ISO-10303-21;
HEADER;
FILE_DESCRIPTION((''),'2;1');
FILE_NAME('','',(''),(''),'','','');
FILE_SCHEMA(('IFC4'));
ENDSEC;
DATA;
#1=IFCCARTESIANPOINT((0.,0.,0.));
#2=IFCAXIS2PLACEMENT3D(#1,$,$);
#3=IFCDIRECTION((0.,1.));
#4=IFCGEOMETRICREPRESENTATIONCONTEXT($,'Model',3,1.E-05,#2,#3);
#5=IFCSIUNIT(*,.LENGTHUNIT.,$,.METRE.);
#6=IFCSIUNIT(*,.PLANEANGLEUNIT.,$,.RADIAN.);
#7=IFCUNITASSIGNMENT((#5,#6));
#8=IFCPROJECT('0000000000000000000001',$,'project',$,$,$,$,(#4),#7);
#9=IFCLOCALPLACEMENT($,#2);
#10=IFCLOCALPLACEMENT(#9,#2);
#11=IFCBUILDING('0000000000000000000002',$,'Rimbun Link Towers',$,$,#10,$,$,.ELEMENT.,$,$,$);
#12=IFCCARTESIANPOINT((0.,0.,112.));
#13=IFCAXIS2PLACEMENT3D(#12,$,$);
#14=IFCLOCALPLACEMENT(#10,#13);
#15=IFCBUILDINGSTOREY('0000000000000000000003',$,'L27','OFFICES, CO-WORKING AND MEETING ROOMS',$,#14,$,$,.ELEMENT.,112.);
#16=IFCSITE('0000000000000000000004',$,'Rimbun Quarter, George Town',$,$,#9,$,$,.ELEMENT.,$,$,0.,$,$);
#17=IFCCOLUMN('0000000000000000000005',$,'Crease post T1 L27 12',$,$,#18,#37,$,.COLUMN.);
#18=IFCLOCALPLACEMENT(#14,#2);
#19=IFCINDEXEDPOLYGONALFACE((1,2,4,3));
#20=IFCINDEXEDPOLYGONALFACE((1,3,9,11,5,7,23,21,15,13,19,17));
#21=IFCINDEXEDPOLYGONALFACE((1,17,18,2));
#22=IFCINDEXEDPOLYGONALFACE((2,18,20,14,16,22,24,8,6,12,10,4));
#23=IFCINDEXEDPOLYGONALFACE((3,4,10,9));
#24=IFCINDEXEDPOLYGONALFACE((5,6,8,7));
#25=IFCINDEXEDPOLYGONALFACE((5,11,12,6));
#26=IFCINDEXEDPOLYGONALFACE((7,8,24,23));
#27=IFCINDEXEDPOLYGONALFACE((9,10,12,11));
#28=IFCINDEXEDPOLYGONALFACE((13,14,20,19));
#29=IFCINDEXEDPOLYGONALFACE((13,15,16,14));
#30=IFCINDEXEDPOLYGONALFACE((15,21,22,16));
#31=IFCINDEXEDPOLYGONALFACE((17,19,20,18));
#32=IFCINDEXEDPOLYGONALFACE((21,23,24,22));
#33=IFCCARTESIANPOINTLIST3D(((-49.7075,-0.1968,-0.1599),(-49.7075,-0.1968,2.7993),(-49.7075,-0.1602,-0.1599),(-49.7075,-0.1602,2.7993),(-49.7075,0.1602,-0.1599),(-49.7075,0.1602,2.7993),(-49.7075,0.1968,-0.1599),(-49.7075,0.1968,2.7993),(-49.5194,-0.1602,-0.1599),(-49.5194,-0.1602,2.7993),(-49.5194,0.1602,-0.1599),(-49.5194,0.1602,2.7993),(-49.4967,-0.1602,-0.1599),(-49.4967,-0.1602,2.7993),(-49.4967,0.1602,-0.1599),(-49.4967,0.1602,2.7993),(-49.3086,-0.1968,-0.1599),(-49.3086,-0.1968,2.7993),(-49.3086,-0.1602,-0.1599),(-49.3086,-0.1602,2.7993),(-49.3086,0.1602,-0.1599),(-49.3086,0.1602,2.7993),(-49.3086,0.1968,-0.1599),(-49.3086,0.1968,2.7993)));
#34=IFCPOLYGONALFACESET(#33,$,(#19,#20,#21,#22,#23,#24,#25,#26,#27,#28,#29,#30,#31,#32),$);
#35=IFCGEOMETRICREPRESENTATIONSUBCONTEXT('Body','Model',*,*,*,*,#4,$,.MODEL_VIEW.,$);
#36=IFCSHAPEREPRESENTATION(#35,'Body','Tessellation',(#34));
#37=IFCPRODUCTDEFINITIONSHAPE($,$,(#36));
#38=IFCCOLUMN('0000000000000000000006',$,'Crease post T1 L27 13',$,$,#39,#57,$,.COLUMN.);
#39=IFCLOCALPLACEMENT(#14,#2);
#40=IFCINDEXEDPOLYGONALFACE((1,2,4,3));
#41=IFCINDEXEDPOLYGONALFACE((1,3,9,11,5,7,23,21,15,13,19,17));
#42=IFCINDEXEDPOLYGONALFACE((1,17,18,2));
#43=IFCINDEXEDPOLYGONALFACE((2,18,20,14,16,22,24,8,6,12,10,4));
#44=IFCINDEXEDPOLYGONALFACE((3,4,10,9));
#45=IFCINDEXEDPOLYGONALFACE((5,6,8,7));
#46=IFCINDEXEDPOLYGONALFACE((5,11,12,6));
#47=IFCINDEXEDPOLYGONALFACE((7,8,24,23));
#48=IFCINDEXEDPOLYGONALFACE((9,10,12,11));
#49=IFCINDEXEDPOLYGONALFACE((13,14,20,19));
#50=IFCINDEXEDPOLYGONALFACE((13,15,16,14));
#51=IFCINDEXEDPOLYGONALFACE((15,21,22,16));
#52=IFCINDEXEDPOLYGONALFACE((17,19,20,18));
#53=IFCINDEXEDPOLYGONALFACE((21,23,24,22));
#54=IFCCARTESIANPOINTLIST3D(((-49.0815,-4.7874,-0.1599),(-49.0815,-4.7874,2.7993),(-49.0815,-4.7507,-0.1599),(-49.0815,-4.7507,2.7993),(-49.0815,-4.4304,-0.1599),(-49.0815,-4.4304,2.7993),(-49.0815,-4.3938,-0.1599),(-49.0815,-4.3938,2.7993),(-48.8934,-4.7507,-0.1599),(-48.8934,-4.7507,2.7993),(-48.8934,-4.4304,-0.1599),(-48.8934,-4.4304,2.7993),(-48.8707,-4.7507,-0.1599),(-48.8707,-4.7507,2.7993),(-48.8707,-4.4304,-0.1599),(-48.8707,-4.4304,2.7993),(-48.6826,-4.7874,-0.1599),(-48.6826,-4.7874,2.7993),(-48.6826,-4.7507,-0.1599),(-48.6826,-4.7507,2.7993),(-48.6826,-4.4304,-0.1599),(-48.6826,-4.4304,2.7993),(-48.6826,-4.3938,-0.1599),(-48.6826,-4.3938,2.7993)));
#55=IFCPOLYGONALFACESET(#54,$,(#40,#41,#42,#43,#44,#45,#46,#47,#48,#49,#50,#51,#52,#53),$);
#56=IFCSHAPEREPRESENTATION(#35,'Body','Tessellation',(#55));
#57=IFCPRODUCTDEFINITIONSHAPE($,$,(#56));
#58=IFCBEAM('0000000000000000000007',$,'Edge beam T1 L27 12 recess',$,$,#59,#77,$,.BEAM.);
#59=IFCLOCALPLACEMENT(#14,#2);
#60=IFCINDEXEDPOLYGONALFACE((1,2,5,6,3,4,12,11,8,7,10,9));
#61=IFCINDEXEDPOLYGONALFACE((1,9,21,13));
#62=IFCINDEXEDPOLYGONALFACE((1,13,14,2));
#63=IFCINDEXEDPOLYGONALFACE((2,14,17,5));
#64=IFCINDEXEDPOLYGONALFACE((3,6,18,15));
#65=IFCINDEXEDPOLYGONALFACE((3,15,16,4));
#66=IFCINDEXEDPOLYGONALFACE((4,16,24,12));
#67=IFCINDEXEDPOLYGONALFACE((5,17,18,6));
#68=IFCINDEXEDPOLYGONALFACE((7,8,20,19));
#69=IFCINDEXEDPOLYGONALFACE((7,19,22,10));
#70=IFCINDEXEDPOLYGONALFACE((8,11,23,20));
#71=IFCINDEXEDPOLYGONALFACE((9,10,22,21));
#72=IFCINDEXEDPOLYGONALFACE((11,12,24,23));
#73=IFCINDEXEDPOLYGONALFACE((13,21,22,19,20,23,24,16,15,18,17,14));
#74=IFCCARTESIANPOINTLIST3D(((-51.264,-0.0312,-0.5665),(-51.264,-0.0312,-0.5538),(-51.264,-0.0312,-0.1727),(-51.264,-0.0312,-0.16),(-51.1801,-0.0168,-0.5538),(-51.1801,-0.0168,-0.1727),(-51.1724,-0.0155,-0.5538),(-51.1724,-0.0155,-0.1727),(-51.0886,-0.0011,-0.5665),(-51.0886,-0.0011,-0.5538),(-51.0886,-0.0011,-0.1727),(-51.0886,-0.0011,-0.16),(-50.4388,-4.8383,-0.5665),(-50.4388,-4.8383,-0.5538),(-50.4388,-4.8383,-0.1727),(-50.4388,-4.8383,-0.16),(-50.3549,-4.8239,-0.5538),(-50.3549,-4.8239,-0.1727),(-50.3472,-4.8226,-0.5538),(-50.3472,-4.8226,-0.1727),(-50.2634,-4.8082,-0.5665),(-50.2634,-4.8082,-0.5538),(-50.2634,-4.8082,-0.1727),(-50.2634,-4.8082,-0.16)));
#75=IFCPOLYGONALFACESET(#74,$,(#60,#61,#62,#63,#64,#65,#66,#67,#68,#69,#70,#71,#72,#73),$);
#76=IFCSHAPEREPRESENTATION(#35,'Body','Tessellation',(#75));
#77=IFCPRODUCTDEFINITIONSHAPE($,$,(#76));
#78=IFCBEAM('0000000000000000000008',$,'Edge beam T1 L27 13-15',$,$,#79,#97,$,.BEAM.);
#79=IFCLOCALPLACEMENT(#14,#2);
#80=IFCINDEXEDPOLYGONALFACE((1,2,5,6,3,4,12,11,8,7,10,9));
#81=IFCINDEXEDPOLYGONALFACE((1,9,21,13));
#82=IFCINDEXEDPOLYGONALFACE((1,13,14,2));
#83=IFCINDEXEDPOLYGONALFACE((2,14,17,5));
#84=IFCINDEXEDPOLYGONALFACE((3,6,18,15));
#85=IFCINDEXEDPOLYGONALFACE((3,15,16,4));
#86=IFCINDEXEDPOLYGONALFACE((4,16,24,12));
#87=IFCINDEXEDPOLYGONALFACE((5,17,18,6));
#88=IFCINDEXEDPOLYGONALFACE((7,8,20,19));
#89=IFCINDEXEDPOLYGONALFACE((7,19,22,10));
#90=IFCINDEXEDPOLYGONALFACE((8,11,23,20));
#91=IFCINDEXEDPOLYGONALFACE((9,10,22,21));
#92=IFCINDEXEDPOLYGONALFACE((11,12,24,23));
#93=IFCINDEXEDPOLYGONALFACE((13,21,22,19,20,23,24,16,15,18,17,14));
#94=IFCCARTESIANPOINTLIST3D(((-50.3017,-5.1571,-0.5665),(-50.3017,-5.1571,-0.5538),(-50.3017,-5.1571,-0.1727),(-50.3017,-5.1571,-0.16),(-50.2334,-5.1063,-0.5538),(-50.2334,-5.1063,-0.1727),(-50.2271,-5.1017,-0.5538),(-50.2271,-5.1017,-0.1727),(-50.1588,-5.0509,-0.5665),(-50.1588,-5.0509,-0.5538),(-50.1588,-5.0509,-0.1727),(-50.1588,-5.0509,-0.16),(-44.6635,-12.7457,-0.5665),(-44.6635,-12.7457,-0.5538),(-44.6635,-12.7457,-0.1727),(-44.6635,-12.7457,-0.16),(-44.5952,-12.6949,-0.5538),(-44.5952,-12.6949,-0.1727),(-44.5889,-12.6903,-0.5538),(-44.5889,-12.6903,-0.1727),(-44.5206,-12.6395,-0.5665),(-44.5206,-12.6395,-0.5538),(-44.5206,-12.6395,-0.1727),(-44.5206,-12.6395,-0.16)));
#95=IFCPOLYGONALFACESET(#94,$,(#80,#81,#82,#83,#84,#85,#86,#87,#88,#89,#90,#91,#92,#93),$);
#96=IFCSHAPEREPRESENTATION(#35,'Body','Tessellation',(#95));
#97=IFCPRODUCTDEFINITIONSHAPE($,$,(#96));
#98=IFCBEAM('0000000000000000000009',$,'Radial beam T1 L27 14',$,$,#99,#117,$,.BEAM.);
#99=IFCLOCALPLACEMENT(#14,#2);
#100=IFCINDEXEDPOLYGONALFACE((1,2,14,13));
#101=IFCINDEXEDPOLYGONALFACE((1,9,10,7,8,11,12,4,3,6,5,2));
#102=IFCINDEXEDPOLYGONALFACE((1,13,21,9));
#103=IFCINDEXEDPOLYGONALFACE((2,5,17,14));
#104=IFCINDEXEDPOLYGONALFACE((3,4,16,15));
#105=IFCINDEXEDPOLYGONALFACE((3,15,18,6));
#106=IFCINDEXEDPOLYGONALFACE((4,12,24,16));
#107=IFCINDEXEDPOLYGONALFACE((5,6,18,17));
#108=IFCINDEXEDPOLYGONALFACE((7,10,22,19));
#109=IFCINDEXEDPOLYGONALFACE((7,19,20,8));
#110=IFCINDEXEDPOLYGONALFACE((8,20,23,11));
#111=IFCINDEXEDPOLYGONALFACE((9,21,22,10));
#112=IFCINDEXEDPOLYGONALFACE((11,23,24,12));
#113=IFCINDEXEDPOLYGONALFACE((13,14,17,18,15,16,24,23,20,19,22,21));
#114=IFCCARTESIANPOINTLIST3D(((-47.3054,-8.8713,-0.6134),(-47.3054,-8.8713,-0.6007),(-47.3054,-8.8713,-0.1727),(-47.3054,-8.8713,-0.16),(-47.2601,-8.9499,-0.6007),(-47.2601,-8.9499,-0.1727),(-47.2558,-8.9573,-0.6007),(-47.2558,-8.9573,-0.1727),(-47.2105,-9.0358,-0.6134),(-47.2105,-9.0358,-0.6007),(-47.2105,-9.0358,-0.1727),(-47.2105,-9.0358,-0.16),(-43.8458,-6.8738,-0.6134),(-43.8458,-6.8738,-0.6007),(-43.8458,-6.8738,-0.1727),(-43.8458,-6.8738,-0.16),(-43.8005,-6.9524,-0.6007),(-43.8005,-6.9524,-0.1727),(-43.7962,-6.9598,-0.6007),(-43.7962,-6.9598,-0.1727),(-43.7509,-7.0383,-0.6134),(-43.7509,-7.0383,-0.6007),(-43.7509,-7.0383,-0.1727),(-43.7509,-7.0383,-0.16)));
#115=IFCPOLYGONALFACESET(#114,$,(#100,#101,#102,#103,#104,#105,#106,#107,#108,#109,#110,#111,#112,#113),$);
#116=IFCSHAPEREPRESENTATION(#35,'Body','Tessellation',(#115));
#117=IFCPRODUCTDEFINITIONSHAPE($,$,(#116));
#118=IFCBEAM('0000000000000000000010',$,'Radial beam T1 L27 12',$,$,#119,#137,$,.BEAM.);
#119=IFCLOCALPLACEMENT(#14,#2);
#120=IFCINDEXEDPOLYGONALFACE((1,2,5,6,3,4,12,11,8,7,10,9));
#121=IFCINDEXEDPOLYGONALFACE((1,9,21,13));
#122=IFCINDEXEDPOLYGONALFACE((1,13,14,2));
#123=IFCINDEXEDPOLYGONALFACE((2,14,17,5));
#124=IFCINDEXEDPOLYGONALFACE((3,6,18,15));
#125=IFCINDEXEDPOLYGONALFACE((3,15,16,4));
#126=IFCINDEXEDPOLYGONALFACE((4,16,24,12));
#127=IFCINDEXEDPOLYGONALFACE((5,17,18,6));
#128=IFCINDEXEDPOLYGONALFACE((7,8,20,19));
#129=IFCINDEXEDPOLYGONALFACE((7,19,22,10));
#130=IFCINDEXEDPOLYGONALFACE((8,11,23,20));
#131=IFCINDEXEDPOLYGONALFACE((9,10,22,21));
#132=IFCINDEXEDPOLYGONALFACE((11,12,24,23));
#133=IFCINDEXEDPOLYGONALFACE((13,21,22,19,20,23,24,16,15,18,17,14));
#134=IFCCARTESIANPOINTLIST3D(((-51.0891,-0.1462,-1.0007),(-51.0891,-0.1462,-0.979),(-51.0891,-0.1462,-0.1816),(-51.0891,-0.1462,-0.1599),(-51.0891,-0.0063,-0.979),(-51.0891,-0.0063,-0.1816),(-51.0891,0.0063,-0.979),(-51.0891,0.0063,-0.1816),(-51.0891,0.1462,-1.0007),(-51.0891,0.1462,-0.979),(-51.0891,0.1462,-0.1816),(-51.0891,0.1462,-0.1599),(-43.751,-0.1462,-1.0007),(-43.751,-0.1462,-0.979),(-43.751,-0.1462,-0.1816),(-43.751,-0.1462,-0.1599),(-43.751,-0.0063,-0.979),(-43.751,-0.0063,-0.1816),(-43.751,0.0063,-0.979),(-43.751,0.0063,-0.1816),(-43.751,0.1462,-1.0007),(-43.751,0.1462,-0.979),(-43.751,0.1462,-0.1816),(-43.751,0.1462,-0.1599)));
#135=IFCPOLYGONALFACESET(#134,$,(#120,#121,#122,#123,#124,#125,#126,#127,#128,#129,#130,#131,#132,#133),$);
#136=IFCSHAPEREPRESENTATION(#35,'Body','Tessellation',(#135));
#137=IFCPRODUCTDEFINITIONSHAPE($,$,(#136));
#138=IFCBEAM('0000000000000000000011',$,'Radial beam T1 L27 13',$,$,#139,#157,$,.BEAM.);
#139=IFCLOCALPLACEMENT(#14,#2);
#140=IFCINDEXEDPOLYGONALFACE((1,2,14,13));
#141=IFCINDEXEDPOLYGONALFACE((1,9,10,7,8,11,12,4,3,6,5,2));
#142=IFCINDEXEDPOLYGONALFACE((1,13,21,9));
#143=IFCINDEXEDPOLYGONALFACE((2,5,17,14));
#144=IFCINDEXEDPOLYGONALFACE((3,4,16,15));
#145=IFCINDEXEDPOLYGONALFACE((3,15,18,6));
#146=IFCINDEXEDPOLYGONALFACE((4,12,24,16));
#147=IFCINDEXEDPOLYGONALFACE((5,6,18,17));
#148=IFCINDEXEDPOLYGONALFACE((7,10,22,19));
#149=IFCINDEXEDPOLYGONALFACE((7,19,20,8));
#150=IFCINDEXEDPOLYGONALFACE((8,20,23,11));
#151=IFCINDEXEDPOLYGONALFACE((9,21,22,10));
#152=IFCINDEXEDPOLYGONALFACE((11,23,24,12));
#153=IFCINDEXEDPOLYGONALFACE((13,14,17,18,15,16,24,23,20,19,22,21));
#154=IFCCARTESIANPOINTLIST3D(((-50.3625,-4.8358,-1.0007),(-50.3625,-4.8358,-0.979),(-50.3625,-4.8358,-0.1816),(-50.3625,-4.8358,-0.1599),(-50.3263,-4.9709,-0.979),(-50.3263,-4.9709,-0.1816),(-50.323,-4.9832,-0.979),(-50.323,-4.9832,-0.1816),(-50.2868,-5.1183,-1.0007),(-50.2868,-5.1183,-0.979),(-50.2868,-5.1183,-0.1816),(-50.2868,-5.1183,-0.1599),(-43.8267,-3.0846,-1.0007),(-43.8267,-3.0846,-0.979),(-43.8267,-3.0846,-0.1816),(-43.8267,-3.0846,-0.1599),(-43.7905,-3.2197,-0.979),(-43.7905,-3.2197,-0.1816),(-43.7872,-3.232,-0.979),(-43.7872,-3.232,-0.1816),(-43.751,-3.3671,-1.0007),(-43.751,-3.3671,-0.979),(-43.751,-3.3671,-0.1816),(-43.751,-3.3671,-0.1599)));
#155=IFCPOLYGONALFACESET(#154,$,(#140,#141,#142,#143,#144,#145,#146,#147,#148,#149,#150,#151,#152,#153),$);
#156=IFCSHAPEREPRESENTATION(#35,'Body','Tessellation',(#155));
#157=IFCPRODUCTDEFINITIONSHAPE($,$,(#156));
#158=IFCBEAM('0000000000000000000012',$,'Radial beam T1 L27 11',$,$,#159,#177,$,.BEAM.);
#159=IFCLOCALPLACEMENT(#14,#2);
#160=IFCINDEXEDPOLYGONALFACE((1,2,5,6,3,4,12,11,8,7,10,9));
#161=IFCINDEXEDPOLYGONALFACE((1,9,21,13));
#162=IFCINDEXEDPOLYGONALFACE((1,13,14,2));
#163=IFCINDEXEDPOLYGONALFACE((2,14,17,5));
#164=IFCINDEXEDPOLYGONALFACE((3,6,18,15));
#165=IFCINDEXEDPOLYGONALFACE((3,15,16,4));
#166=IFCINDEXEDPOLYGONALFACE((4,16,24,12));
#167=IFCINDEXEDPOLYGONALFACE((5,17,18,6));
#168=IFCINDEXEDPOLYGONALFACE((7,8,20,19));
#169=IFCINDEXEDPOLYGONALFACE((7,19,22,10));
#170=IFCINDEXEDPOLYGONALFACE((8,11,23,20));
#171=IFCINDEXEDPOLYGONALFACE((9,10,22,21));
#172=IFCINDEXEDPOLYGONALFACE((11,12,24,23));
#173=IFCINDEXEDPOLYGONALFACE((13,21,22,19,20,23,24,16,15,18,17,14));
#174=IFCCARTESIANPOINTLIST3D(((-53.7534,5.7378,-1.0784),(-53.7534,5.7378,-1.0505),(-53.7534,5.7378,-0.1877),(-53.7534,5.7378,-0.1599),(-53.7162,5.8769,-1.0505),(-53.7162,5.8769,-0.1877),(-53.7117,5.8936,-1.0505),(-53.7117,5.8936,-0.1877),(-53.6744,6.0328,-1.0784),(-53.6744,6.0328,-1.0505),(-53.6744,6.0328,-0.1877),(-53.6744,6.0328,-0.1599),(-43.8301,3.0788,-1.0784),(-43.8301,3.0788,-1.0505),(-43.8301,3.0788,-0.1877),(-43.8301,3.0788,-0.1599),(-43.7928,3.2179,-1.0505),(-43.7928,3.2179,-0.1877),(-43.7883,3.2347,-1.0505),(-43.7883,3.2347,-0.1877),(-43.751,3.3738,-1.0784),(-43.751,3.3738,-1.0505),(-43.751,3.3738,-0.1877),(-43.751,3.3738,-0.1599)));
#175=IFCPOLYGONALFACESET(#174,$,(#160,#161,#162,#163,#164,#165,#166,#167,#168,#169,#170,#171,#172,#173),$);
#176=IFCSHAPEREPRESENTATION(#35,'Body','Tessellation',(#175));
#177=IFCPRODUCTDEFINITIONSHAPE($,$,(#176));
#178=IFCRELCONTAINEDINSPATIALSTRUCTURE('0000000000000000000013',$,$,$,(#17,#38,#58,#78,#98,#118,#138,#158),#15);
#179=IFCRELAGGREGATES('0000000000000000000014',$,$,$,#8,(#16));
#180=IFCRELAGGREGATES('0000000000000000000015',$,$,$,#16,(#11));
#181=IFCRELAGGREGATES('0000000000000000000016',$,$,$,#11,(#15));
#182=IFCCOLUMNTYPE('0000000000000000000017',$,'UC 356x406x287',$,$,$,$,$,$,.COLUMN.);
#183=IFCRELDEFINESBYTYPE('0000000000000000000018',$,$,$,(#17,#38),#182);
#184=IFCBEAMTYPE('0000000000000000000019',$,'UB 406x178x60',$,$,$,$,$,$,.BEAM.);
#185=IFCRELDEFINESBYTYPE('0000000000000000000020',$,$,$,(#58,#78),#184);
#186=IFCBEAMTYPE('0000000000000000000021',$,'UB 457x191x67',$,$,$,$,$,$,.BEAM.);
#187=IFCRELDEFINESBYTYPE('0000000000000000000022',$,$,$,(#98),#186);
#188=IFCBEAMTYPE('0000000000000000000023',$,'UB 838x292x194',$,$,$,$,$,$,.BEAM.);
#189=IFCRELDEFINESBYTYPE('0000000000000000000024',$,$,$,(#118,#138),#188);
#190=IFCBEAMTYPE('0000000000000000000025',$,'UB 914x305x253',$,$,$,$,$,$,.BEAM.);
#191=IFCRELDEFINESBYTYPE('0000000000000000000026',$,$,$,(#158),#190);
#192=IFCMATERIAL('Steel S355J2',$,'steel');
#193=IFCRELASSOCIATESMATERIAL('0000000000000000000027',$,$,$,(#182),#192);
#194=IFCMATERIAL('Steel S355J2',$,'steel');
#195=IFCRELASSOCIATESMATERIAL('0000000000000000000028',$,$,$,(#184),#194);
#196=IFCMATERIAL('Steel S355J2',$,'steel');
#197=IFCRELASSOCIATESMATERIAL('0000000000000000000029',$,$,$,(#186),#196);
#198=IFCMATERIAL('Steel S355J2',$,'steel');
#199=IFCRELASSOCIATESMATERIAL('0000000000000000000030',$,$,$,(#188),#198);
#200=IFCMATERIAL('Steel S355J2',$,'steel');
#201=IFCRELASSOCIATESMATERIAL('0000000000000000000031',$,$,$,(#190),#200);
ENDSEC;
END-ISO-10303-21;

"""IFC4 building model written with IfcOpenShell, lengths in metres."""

from ifc_helpers import new_model, si_unit, direction, frame, origin, origin_2d, place, context, subcontext, project, spatial, i_section, extrude, material, material_profile, profile_set, type_object, element, save


model = new_model("IFC4")

# Units and contexts
model_context = context("Model", 3, precision=1e-05, world=origin(), true_north=direction((0.0, 1.0)))
body_context = subcontext(model_context, "Body", "Model", "MODEL_VIEW")
ifc_project = project(units=[si_unit("LENGTHUNIT", "METRE"), si_unit("PLANEANGLEUNIT", "RADIAN")], contexts=[model_context])

# Site, building, storey
site_placement = place(None, origin())
site = spatial("IfcSite", under=ifc_project, at=site_placement, Name="Rimbun Quarter, George Town", CompositionType="ELEMENT", RefElevation=0.0)
building_placement = place(site_placement, origin())
building = spatial("IfcBuilding", under=site, at=building_placement, Name="Rimbun Link Towers", CompositionType="ELEMENT")
storey_placement = place(building_placement, frame((0.0, 0.0, 112.0)))
storey = spatial("IfcBuildingStorey", under=building, at=storey_placement, Name="L27", Description="OFFICES, CO-WORKING AND MEETING ROOMS", CompositionType="ELEMENT", Elevation=112.0)

# Columns
ifc_material_1 = material(Name="Steel S355J2", Category="steel")
ifc_material_profile_1 = material_profile(ifc_material_1, i_section(OverallWidth=0.3989, OverallDepth=0.3936, WebThickness=0.0227, FlangeThickness=0.0366, at=origin_2d()), Name="UC 356x406x287")
ifc_profile_set_1 = profile_set([ifc_material_profile_1], Name="Steel S355J2")
column_type = type_object("IfcColumnType", Name="UC 356x406x287", PredefinedType="COLUMN", material=ifc_profile_set_1)
for number, where, z_axis, x_axis, name in (
    (1, (-49.5081, 0.0, -0.1599), (0.0, 0.0, 1.0), (1.0, 0.0, 0.0), "Crease post T1 L27 12"),
    (2, (-48.8821, -4.5906, -0.1599), (0.0, 0.0, 1.0), (1.0, 0.0, 0.0), "Crease post T1 L27 13"),
):
    element("IfcColumn", number, at=place(storey_placement, frame(where, z_axis=z_axis, x_axis=x_axis)), inside=storey, type_object=column_type, Name=name, PredefinedType="COLUMN", context=body_context, shape_type="SweptSolid", body=[
        extrude(i_section(OverallWidth=0.3989, OverallDepth=0.3936, WebThickness=0.0227, FlangeThickness=0.0366, at=origin_2d()), origin(), (0.0, 0.0, 1.0), 2.9592),
    ])

# Beams
ifc_material_2 = material(Name="Steel S355J2", Category="steel")
ifc_material_profile_2 = material_profile(ifc_material_2, i_section(OverallWidth=0.178, OverallDepth=0.4065, WebThickness=0.0078, FlangeThickness=0.0127, at=origin_2d()), Name="UB 406x178x60")
ifc_profile_set_2 = profile_set([ifc_material_profile_2], Name="Steel S355J2")
beam_type_1 = type_object("IfcBeamType", Name="UB 406x178x60", PredefinedType="BEAM", material=ifc_profile_set_2)
beam_1_placement = place(storey_placement, frame((-51.1763, -0.0161, -0.3633), z_axis=(0.169186, -0.985584, 0.0), x_axis=(0.985584, 0.169186, 0.0)))
element("IfcBeam", 3, at=beam_1_placement, inside=storey, type_object=beam_type_1, Name="Edge beam T1 L27 12 recess", PredefinedType="BEAM", context=body_context, shape_type="SweptSolid", body=[
    extrude(i_section(OverallWidth=0.178, OverallDepth=0.4065, WebThickness=0.0078, FlangeThickness=0.0127, at=origin_2d()), origin(), (0.0, 0.0, 1.0), 4.8774),
])
beam_2_placement = place(storey_placement, frame((-50.2302, -5.104, -0.3633), z_axis=(0.596387, -0.802697, 0.0), x_axis=(0.802697, 0.596387, 0.0)))
element("IfcBeam", 4, at=beam_2_placement, inside=storey, type_object=beam_type_1, Name="Edge beam T1 L27 13-15", PredefinedType="BEAM", context=body_context, shape_type="SweptSolid", body=[
    extrude(i_section(OverallWidth=0.178, OverallDepth=0.4065, WebThickness=0.0078, FlangeThickness=0.0127, at=origin_2d()), origin(), (0.0, 0.0, 1.0), 9.4539),
])
ifc_material_3 = material(Name="Steel S355J2", Category="steel")
ifc_material_profile_3 = material_profile(ifc_material_3, i_section(OverallWidth=0.1899, OverallDepth=0.4534, WebThickness=0.0085, FlangeThickness=0.0127, at=origin_2d()), Name="UB 457x191x67")
ifc_profile_set_3 = profile_set([ifc_material_profile_3], Name="Steel S355J2")
beam_type_2 = type_object("IfcBeamType", Name="UB 457x191x67", PredefinedType="BEAM", material=ifc_profile_set_3)
beam_3_placement = place(storey_placement, frame((-43.7983, -6.9561, -0.3867), z_axis=(-0.866016, -0.500017, 0.0), x_axis=(0.500017, -0.866016, 0.0)))
element("IfcBeam", 5, at=beam_3_placement, inside=storey, type_object=beam_type_2, Name="Radial beam T1 L27 14", PredefinedType="BEAM", context=body_context, shape_type="SweptSolid", body=[
    extrude(i_section(OverallWidth=0.1899, OverallDepth=0.4534, WebThickness=0.0085, FlangeThickness=0.0127, at=origin_2d()), origin(), (0.0, 0.0, 1.0), 3.9949),
])
ifc_material_4 = material(Name="Steel S355J2", Category="steel")
ifc_material_profile_4 = material_profile(ifc_material_4, i_section(OverallWidth=0.2925, OverallDepth=0.8408, WebThickness=0.0127, FlangeThickness=0.0217, at=origin_2d()), Name="UB 838x292x194")
ifc_profile_set_4 = profile_set([ifc_material_profile_4], Name="Steel S355J2")
beam_type_3 = type_object("IfcBeamType", Name="UB 838x292x194", PredefinedType="BEAM", material=ifc_profile_set_4)
beam_4_placement = place(storey_placement, frame((-43.751, 0.0, -0.5803), z_axis=(-1.0, 0.0, 0.0), x_axis=(0.0, -1.0, 0.0)))
element("IfcBeam", 6, at=beam_4_placement, inside=storey, type_object=beam_type_3, Name="Radial beam T1 L27 12", PredefinedType="BEAM", context=body_context, shape_type="SweptSolid", body=[
    extrude(i_section(OverallWidth=0.2925, OverallDepth=0.8408, WebThickness=0.0127, FlangeThickness=0.0217, at=origin_2d()), origin(), (0.0, 0.0, 1.0), 7.3381),
])
beam_5_placement = place(storey_placement, frame((-43.7888, -3.2258, -0.5803), z_axis=(-0.965928, -0.25881, 0.0), x_axis=(0.25881, -0.965928, 0.0)))
element("IfcBeam", 7, at=beam_5_placement, inside=storey, type_object=beam_type_3, Name="Radial beam T1 L27 13", PredefinedType="BEAM", context=body_context, shape_type="SweptSolid", body=[
    extrude(i_section(OverallWidth=0.2925, OverallDepth=0.8408, WebThickness=0.0127, FlangeThickness=0.0217, at=origin_2d()), origin(), (0.0, 0.0, 1.0), 6.7664),
])
ifc_material_5 = material(Name="Steel S355J2", Category="steel")
ifc_material_profile_5 = material_profile(ifc_material_5, i_section(OverallWidth=0.3054, OverallDepth=0.9185, WebThickness=0.0173, FlangeThickness=0.0278, at=origin_2d()), Name="UB 914x305x253")
ifc_profile_set_5 = profile_set([ifc_material_profile_5], Name="Steel S355J2")
beam_type_4 = type_object("IfcBeamType", Name="UB 914x305x253", PredefinedType="BEAM", material=ifc_profile_set_5)
beam_6_placement = place(storey_placement, frame((-43.7905, 3.2263, -0.6191), z_axis=(-0.965926, 0.258818, 0.0), x_axis=(-0.258818, -0.965926, 0.0)))
element("IfcBeam", 8, at=beam_6_placement, inside=storey, type_object=beam_type_4, Name="Radial beam T1 L27 11", PredefinedType="BEAM", context=body_context, shape_type="SweptSolid", body=[
    extrude(i_section(OverallWidth=0.3054, OverallDepth=0.9185, WebThickness=0.0173, FlangeThickness=0.0278, at=origin_2d()), origin(), (0.0, 0.0, 1.0), 10.2734),
])

save(model, "model.ifc")
